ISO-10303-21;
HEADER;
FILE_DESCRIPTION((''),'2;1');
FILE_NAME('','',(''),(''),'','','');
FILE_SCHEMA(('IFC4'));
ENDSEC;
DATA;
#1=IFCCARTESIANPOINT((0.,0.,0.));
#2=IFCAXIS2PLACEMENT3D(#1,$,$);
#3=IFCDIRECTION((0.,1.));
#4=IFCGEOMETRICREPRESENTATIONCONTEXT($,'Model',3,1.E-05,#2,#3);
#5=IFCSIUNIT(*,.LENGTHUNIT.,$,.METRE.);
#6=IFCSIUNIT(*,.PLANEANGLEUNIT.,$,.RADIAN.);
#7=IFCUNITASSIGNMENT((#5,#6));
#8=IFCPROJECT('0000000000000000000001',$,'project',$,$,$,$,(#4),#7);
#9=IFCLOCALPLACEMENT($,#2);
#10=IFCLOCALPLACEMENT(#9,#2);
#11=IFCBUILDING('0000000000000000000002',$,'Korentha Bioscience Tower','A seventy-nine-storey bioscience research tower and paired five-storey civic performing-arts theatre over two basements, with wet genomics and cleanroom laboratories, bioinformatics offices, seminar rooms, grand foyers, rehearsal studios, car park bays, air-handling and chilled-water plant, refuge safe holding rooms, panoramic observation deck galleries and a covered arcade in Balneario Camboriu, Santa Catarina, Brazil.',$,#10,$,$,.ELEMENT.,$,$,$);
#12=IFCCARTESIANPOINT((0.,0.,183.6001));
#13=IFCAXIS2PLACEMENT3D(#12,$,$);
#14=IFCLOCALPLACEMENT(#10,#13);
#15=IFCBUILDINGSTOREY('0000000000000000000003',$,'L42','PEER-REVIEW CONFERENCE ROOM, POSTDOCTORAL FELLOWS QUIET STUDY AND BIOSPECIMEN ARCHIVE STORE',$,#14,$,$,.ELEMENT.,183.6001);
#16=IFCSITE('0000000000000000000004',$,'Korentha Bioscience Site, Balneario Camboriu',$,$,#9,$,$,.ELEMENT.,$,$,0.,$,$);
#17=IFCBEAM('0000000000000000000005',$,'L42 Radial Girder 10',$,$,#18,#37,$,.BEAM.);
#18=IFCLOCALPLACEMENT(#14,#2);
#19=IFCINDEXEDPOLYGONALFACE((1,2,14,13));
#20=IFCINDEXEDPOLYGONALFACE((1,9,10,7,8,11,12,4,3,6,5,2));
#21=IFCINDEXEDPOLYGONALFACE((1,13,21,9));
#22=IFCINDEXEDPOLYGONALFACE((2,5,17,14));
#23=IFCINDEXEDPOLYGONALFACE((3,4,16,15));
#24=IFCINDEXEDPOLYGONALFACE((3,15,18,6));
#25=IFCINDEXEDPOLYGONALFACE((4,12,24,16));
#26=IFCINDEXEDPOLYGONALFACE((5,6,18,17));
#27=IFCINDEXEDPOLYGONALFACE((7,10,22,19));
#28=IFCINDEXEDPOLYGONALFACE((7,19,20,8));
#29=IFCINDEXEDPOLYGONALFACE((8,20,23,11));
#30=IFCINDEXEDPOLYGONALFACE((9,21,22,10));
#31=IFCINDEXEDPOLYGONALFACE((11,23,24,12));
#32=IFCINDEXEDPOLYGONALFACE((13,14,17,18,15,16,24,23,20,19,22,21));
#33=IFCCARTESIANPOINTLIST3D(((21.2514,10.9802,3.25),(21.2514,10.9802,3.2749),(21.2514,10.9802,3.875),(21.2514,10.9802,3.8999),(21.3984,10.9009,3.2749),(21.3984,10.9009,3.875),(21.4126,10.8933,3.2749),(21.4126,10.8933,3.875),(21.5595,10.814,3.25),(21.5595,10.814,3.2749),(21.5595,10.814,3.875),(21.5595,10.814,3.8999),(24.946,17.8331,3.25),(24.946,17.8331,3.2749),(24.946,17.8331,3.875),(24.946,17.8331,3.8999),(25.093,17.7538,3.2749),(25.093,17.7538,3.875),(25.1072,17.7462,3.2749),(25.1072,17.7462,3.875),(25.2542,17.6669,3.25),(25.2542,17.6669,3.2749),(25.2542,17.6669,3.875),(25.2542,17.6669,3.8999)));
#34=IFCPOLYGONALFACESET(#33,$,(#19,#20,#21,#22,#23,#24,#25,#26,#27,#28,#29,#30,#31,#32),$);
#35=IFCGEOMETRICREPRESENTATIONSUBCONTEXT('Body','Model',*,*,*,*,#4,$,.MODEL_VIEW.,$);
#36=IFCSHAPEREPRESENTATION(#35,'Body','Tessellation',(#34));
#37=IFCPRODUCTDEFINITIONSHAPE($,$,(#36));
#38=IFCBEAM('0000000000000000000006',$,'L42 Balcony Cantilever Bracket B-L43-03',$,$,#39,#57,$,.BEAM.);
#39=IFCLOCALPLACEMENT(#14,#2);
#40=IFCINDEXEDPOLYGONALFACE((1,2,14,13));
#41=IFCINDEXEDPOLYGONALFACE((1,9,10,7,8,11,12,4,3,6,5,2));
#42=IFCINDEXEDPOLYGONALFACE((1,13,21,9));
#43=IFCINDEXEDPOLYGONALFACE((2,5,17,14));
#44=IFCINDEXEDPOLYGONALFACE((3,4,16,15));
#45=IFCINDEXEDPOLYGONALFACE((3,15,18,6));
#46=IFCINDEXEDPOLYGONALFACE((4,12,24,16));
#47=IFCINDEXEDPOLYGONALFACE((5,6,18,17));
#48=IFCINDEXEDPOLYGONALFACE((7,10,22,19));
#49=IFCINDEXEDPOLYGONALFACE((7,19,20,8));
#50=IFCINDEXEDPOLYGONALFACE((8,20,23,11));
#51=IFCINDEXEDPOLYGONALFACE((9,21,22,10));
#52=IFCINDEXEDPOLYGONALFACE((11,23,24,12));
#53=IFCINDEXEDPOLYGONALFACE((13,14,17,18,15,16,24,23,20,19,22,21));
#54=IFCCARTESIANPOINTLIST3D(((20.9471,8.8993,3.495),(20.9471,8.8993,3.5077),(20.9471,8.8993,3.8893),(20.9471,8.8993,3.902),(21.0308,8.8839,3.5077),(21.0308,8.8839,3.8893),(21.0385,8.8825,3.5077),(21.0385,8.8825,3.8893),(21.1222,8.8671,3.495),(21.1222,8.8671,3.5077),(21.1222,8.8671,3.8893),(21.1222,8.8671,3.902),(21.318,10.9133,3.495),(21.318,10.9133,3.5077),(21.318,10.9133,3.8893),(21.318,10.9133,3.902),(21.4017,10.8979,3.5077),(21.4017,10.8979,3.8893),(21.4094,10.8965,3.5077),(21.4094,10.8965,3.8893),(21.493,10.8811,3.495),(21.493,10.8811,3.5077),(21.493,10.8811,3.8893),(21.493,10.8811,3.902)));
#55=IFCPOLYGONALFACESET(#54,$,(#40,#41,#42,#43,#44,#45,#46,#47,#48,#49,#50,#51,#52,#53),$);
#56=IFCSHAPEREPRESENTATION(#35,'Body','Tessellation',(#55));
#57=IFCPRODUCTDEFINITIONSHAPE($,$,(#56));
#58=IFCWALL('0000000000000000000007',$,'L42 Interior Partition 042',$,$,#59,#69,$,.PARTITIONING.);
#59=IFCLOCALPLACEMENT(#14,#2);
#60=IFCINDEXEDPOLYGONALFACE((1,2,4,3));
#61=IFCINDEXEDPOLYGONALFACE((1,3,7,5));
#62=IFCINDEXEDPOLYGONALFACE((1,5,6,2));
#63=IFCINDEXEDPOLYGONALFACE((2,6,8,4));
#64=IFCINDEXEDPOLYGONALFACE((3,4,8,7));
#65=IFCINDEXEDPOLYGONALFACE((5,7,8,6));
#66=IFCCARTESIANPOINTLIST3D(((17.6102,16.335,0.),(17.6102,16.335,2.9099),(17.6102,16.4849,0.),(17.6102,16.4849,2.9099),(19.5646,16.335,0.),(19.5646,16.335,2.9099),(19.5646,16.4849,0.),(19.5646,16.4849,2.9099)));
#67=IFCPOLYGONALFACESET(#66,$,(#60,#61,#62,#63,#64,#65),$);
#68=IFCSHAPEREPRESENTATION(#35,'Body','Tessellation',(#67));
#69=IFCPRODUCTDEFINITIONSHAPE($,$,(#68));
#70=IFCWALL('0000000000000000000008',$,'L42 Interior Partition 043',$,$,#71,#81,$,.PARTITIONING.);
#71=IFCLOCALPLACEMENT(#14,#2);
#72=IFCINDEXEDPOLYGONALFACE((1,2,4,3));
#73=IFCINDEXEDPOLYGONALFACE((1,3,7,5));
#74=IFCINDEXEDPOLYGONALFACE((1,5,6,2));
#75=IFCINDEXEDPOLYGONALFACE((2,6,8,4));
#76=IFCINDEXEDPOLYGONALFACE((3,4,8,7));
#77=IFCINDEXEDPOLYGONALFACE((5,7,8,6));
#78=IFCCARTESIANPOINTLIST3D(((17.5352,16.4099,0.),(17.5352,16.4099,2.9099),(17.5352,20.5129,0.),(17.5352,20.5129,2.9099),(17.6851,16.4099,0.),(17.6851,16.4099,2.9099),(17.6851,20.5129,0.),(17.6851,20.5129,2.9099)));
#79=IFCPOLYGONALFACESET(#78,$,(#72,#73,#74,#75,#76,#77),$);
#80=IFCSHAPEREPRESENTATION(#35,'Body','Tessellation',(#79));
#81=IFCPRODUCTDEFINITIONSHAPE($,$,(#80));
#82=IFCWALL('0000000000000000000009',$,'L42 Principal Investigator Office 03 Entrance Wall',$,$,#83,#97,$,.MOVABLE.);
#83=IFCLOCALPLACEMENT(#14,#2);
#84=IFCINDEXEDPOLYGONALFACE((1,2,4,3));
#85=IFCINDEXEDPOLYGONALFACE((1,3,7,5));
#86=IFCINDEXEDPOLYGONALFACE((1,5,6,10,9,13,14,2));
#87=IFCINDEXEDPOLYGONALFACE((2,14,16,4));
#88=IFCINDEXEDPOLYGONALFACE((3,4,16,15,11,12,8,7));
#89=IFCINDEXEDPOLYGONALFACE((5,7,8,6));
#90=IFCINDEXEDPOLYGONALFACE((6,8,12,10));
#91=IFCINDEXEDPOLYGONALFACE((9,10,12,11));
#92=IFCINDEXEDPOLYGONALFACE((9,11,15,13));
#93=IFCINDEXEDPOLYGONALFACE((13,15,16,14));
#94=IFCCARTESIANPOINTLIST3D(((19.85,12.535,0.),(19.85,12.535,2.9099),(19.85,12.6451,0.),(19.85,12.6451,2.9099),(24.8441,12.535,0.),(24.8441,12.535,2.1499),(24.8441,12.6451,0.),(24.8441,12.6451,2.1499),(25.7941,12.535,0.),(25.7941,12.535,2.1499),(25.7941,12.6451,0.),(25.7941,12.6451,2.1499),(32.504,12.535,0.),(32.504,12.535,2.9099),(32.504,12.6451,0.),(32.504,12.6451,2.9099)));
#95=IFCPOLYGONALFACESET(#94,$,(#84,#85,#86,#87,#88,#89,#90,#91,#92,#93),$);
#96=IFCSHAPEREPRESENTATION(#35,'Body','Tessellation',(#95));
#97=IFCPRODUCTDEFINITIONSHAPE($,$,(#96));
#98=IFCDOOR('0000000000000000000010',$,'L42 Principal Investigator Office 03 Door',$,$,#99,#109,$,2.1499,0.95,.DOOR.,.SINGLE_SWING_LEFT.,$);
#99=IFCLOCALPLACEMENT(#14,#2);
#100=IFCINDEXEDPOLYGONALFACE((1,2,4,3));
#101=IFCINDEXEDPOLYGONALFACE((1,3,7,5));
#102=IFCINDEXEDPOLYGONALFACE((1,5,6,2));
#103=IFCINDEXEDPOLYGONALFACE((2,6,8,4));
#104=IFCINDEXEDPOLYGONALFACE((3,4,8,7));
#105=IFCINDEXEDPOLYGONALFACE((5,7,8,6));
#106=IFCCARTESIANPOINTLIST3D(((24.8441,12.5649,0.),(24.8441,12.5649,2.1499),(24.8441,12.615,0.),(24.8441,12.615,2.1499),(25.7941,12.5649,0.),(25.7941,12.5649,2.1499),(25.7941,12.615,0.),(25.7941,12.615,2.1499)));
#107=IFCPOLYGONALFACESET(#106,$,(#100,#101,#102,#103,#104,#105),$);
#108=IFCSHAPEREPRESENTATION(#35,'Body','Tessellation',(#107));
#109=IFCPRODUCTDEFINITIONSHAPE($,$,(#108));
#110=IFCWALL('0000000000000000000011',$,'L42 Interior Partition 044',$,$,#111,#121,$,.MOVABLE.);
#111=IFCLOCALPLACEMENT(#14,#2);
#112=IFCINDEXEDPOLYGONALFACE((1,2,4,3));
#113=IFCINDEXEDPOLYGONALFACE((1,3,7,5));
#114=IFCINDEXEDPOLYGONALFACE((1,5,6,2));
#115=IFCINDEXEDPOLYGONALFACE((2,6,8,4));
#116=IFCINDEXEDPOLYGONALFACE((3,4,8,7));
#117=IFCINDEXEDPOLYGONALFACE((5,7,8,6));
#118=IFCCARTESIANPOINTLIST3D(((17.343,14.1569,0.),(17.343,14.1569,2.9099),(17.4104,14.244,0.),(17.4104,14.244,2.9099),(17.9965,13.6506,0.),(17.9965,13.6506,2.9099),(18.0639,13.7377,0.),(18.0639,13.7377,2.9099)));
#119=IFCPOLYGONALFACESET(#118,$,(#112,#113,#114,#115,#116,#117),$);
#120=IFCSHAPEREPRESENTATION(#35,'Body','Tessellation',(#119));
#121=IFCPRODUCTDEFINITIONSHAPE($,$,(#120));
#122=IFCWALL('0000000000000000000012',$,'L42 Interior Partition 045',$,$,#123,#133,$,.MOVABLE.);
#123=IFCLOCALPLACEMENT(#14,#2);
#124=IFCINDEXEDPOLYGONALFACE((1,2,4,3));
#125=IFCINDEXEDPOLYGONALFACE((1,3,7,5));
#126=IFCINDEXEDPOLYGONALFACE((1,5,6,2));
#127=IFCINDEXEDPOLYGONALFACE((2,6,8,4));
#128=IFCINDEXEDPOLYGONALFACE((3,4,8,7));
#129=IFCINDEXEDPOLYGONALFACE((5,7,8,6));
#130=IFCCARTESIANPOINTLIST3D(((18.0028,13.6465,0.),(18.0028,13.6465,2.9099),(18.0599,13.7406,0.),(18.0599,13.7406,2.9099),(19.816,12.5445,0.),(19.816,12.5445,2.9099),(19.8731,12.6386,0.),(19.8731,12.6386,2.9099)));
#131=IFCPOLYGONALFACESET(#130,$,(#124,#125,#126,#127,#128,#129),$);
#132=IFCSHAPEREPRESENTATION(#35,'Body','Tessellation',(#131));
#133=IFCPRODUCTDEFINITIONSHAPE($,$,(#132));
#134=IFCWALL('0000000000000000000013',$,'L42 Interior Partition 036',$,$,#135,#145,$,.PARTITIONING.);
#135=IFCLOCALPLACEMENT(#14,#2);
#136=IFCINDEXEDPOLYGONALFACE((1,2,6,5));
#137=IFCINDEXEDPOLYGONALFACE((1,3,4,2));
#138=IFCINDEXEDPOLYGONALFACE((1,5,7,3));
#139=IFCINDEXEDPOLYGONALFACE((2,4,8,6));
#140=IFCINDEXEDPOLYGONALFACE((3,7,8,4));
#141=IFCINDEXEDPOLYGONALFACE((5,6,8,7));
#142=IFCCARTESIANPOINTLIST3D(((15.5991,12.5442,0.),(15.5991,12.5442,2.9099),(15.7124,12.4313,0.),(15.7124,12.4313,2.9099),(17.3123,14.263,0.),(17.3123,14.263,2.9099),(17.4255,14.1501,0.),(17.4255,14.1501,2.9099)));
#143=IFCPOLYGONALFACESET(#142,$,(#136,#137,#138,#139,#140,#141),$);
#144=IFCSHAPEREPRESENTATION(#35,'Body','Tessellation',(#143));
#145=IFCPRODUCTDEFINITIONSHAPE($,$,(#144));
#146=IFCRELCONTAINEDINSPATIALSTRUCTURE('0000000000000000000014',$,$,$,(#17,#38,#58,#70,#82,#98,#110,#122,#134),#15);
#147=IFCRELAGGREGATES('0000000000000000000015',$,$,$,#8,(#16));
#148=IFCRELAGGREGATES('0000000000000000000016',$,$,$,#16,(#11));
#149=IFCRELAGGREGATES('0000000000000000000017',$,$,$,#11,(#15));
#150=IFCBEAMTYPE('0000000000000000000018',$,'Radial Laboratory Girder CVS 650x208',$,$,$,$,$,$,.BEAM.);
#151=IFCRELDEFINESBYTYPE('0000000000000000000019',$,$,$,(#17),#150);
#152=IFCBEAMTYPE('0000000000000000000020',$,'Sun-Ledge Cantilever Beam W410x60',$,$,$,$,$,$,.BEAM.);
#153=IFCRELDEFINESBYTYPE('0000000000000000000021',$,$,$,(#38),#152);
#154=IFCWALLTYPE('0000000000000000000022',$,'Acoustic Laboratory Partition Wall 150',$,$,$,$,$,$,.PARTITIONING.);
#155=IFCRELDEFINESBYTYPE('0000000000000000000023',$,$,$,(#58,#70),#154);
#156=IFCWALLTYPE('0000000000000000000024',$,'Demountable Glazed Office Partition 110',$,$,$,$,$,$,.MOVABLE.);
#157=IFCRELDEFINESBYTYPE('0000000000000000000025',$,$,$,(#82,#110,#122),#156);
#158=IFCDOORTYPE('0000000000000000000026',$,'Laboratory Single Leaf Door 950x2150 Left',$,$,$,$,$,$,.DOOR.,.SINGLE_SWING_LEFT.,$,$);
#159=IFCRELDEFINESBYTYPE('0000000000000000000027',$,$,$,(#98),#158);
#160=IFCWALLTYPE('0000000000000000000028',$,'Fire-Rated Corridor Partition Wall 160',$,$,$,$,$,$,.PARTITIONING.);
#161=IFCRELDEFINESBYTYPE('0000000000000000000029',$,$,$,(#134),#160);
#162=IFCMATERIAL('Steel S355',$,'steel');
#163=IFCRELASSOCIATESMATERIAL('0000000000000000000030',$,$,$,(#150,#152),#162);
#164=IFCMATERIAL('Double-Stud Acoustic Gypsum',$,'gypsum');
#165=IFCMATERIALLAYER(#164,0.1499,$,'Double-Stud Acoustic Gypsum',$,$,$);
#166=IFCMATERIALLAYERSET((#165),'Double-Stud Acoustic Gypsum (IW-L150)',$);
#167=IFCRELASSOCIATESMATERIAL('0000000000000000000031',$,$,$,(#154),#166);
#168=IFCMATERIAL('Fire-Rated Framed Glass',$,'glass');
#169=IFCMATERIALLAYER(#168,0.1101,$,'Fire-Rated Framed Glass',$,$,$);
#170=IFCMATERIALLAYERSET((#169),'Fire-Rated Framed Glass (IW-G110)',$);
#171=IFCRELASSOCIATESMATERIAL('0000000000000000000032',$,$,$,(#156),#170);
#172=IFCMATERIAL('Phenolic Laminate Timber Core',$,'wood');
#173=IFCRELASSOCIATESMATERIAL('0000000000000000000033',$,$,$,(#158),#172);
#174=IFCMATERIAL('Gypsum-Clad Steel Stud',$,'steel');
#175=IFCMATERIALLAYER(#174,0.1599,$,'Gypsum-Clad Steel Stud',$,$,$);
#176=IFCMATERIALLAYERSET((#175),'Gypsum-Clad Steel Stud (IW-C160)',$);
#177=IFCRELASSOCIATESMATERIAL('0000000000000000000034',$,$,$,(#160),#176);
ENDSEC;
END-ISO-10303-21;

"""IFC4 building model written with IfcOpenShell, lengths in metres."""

from ifc_helpers import new_model, si_unit, direction, frame, frame_2d, origin, origin_2d, place, context, subcontext, project, spatial, rectangle, i_section, extrude, material, layer, layer_set, material_profile, profile_set, type_object, element, fill, save


model = new_model("IFC4")

# Units and contexts
model_context = context("Model", 3, precision=1e-05, world=origin(), true_north=direction((0.0, 1.0)))
body_context = subcontext(model_context, "Body", "Model", "MODEL_VIEW")
ifc_project = project(units=[si_unit("LENGTHUNIT", "METRE"), si_unit("PLANEANGLEUNIT", "RADIAN")], contexts=[model_context])

# Site, building, storey
site_placement = place(None, origin())
site = spatial("IfcSite", under=ifc_project, at=site_placement, Name="Korentha Bioscience Site, Balneario Camboriu", CompositionType="ELEMENT", RefElevation=0.0)
building_placement = place(site_placement, origin())
building = spatial("IfcBuilding", under=site, at=building_placement, Name="Korentha Bioscience Tower", Description="A seventy-nine-storey bioscience research tower and paired five-storey civic performing-arts theatre over two basements, with wet genomics and cleanroom laboratories, bioinformatics offices, seminar rooms, grand foyers, rehearsal studios, car park bays, air-handling and chilled-water plant, refuge safe holding rooms, panoramic observation deck galleries and a covered arcade in Balneario Camboriu, Santa Catarina, Brazil.", CompositionType="ELEMENT")
storey_placement = place(building_placement, frame((0.0, 0.0, 183.6001)))
storey = spatial("IfcBuildingStorey", under=building, at=storey_placement, Name="L42", Description="PEER-REVIEW CONFERENCE ROOM, POSTDOCTORAL FELLOWS QUIET STUDY AND BIOSPECIMEN ARCHIVE STORE", CompositionType="ELEMENT", Elevation=183.6001)

# Beams
ifc_material_1 = material(Name="Steel S355", Category="steel")
ifc_material_profile_1 = material_profile(ifc_material_1, i_section(OverallWidth=0.3501, OverallDepth=0.6499, WebThickness=0.0161, FlangeThickness=0.0249, at=origin_2d()), Name="Steel S355")
ifc_profile_set_1 = profile_set([ifc_material_profile_1], Name="Steel S355 (RB-650)")
beam_type_1 = type_object("IfcBeamType", Name="Radial Laboratory Girder CVS 650x208", PredefinedType="BEAM", material=ifc_profile_set_1)
beam_1_placement = place(storey_placement, frame((25.1001, 17.75, 3.575), z_axis=(-0.47456, -0.880223, 0.0), x_axis=(0.880223, -0.47456, 0.0)))
element("IfcBeam", 1, at=beam_1_placement, inside=storey, type_object=beam_type_1, Name="L42 Radial Girder 10", PredefinedType="BEAM", context=body_context, shape_type="SweptSolid", body=[
    extrude(i_section(OverallWidth=0.3501, OverallDepth=0.6499, WebThickness=0.0161, FlangeThickness=0.0249, at=origin_2d()), origin(), (0.0, 0.0, 1.0), 7.7854),
])
ifc_material_profile_2 = material_profile(ifc_material_1, i_section(OverallWidth=0.178, OverallDepth=0.407, WebThickness=0.0078, FlangeThickness=0.0127, at=origin_2d()), Name="Steel S355")
ifc_profile_set_2 = profile_set([ifc_material_profile_2], Name="Steel S355 (CB-410)")
beam_type_2 = type_object("IfcBeamType", Name="Sun-Ledge Cantilever Beam W410x60", PredefinedType="BEAM", material=ifc_profile_set_2)
beam_2_placement = place(storey_placement, frame((21.4055, 10.8972, 3.6985), z_axis=(-0.181099, -0.983465, 0.0), x_axis=(0.983465, -0.181099, 0.0)))
element("IfcBeam", 2, at=beam_2_placement, inside=storey, type_object=beam_type_2, Name="L42 Balcony Cantilever Bracket B-L43-03", PredefinedType="BEAM", context=body_context, shape_type="SweptSolid", body=[
    extrude(i_section(OverallWidth=0.178, OverallDepth=0.407, WebThickness=0.0078, FlangeThickness=0.0127, at=origin_2d()), origin(), (0.0, 0.0, 1.0), 2.0479),
])

# Walls
ifc_material_2 = material(Name="Double-Stud Acoustic Gypsum", Category="gypsum")
ifc_layer_1 = layer(ifc_material_2, 0.1499, Name="Double-Stud Acoustic Gypsum")
ifc_layer_set_1 = layer_set([ifc_layer_1], Name="Double-Stud Acoustic Gypsum (IW-L150)")
wall_type_1 = type_object("IfcWallType", Name="Acoustic Laboratory Partition Wall 150", PredefinedType="PARTITIONING", material=ifc_layer_set_1)
wall_1_placement = place(storey_placement, frame((19.5645, 16.4099, 0.0), z_axis=(0.0, 0.0, 1.0), x_axis=(-1.0, 0.0, 0.0)))
element("IfcWall", 3, at=wall_1_placement, inside=storey, type_object=wall_type_1, Name="L42 Interior Partition 042", PredefinedType="PARTITIONING", context=body_context, shape_type="SweptSolid", body=[
    extrude(rectangle(XDim=1.9543, YDim=0.1499, at=frame_2d((0.9771, 0.0))), origin(), (0.0, 0.0, 1.0), 2.9099),
])
wall_2_placement = place(storey_placement, frame((17.6101, 16.4099, 0.0), z_axis=(0.0, 0.0, 1.0), x_axis=(0.0, 1.0, 0.0)))
element("IfcWall", 4, at=wall_2_placement, inside=storey, type_object=wall_type_1, Name="L42 Interior Partition 043", PredefinedType="PARTITIONING", context=body_context, shape_type="SweptSolid", body=[
    extrude(rectangle(XDim=4.103, YDim=0.1499, at=frame_2d((2.0515, 0.0))), origin(), (0.0, 0.0, 1.0), 2.9099),
])

# Wall, opening, door
ifc_material_3 = material(Name="Fire-Rated Framed Glass", Category="glass")
ifc_layer_2 = layer(ifc_material_3, 0.1101, Name="Fire-Rated Framed Glass")
ifc_layer_set_2 = layer_set([ifc_layer_2], Name="Fire-Rated Framed Glass (IW-G110)")
wall_type_2 = type_object("IfcWallType", Name="Demountable Glazed Office Partition 110", PredefinedType="MOVABLE", material=ifc_layer_set_2)
wall_3_placement = place(storey_placement, frame((19.8499, 12.5901, 0.0), z_axis=(0.0, 0.0, 1.0), x_axis=(1.0, 0.0, 0.0)))
wall_3 = element("IfcWall", 5, at=wall_3_placement, inside=storey, type_object=wall_type_2, Name="L42 Principal Investigator Office 03 Entrance Wall", PredefinedType="MOVABLE", context=body_context, shape_type="SweptSolid", body=[
    extrude(rectangle(XDim=12.6541, YDim=0.1101, at=frame_2d((6.3271, 0.0))), origin(), (0.0, 0.0, 1.0), 2.9099),
])
opening_1_placement = place(wall_3_placement, frame((4.9941, 0.0, 0.0)))
opening_1 = element("IfcOpeningElement", 6, at=opening_1_placement, cuts=wall_3, PredefinedType="OPENING", context=body_context, shape_type="SweptSolid", body=[
    extrude(rectangle(XDim=0.95, YDim=2.1499, at=frame_2d((0.4751, 1.075))), frame((0.0, 0.0698, 0.0), z_axis=(0.0, -1.0, 0.0), x_axis=(1.0, 0.0, 0.0)), (0.0, 0.0, 1.0), 0.1399),
])
ifc_material_4 = material(Name="Phenolic Laminate Timber Core", Category="wood")
door_type = type_object("IfcDoorType", Name="Laboratory Single Leaf Door 950x2150 Left", OperationType="SINGLE_SWING_LEFT", PredefinedType="DOOR", material=ifc_material_4)
door_placement = place(opening_1_placement, origin())
door = element("IfcDoor", 7, at=door_placement, inside=storey, type_object=door_type, Name="L42 Principal Investigator Office 03 Door", OperationType="SINGLE_SWING_LEFT", OverallHeight=2.1499, OverallWidth=0.95, PredefinedType="DOOR", context=body_context, shape_type="SweptSolid", body=[
    extrude(rectangle(XDim=0.95, YDim=2.1499, at=frame_2d((0.4751, 1.075))), frame((0.0, 0.0249, 0.0), z_axis=(0.0, -1.0, 0.0), x_axis=(1.0, 0.0, 0.0)), (0.0, 0.0, 1.0), 0.05),
])
fill(opening_1, door)

# Walls
wall_4_placement = place(storey_placement, frame((17.3767, 14.2004, 0.0), z_axis=(0.0, 0.0, 1.0), x_axis=(0.790512, -0.612447, 0.0)))
element("IfcWall", 8, at=wall_4_placement, inside=storey, type_object=wall_type_2, Name="L42 Interior Partition 044", PredefinedType="MOVABLE", context=body_context, shape_type="SweptSolid", body=[
    extrude(rectangle(XDim=0.8267, YDim=0.1101, at=frame_2d((0.4133, 0.0))), origin(), (0.0, 0.0, 1.0), 2.9099),
])
wall_5_placement = place(storey_placement, frame((18.0312, 13.6936, 0.0), z_axis=(0.0, 0.0, 1.0), x_axis=(0.854545, -0.519377, 0.0)))
element("IfcWall", 9, at=wall_5_placement, inside=storey, type_object=wall_type_2, Name="L42 Interior Partition 045", PredefinedType="MOVABLE", context=body_context, shape_type="SweptSolid", body=[
    extrude(rectangle(XDim=2.1218, YDim=0.1101, at=frame_2d((1.061, 0.0))), origin(), (0.0, 0.0, 1.0), 2.9099),
])
ifc_material_5 = material(Name="Gypsum-Clad Steel Stud", Category="steel")
ifc_layer_3 = layer(ifc_material_5, 0.1599, Name="Gypsum-Clad Steel Stud")
ifc_layer_set_3 = layer_set([ifc_layer_3], Name="Gypsum-Clad Steel Stud (IW-C160)")
wall_type_3 = type_object("IfcWallType", Name="Fire-Rated Corridor Partition Wall 160", PredefinedType="PARTITIONING", material=ifc_layer_set_3)
wall_6_placement = place(storey_placement, frame((17.3689, 14.2065, 0.0), z_axis=(0.0, 0.0, 1.0), x_axis=(-0.705949, -0.708263, 0.0)))
element("IfcWall", 10, at=wall_6_placement, inside=storey, type_object=wall_type_3, Name="L42 Interior Partition 036", PredefinedType="PARTITIONING", context=body_context, shape_type="SweptSolid", body=[
    extrude(rectangle(XDim=2.4268, YDim=0.1599, at=frame_2d((1.2134, 0.0))), origin(), (0.0, 0.0, 1.0), 2.9099),
])

save(model, "model.ifc")
